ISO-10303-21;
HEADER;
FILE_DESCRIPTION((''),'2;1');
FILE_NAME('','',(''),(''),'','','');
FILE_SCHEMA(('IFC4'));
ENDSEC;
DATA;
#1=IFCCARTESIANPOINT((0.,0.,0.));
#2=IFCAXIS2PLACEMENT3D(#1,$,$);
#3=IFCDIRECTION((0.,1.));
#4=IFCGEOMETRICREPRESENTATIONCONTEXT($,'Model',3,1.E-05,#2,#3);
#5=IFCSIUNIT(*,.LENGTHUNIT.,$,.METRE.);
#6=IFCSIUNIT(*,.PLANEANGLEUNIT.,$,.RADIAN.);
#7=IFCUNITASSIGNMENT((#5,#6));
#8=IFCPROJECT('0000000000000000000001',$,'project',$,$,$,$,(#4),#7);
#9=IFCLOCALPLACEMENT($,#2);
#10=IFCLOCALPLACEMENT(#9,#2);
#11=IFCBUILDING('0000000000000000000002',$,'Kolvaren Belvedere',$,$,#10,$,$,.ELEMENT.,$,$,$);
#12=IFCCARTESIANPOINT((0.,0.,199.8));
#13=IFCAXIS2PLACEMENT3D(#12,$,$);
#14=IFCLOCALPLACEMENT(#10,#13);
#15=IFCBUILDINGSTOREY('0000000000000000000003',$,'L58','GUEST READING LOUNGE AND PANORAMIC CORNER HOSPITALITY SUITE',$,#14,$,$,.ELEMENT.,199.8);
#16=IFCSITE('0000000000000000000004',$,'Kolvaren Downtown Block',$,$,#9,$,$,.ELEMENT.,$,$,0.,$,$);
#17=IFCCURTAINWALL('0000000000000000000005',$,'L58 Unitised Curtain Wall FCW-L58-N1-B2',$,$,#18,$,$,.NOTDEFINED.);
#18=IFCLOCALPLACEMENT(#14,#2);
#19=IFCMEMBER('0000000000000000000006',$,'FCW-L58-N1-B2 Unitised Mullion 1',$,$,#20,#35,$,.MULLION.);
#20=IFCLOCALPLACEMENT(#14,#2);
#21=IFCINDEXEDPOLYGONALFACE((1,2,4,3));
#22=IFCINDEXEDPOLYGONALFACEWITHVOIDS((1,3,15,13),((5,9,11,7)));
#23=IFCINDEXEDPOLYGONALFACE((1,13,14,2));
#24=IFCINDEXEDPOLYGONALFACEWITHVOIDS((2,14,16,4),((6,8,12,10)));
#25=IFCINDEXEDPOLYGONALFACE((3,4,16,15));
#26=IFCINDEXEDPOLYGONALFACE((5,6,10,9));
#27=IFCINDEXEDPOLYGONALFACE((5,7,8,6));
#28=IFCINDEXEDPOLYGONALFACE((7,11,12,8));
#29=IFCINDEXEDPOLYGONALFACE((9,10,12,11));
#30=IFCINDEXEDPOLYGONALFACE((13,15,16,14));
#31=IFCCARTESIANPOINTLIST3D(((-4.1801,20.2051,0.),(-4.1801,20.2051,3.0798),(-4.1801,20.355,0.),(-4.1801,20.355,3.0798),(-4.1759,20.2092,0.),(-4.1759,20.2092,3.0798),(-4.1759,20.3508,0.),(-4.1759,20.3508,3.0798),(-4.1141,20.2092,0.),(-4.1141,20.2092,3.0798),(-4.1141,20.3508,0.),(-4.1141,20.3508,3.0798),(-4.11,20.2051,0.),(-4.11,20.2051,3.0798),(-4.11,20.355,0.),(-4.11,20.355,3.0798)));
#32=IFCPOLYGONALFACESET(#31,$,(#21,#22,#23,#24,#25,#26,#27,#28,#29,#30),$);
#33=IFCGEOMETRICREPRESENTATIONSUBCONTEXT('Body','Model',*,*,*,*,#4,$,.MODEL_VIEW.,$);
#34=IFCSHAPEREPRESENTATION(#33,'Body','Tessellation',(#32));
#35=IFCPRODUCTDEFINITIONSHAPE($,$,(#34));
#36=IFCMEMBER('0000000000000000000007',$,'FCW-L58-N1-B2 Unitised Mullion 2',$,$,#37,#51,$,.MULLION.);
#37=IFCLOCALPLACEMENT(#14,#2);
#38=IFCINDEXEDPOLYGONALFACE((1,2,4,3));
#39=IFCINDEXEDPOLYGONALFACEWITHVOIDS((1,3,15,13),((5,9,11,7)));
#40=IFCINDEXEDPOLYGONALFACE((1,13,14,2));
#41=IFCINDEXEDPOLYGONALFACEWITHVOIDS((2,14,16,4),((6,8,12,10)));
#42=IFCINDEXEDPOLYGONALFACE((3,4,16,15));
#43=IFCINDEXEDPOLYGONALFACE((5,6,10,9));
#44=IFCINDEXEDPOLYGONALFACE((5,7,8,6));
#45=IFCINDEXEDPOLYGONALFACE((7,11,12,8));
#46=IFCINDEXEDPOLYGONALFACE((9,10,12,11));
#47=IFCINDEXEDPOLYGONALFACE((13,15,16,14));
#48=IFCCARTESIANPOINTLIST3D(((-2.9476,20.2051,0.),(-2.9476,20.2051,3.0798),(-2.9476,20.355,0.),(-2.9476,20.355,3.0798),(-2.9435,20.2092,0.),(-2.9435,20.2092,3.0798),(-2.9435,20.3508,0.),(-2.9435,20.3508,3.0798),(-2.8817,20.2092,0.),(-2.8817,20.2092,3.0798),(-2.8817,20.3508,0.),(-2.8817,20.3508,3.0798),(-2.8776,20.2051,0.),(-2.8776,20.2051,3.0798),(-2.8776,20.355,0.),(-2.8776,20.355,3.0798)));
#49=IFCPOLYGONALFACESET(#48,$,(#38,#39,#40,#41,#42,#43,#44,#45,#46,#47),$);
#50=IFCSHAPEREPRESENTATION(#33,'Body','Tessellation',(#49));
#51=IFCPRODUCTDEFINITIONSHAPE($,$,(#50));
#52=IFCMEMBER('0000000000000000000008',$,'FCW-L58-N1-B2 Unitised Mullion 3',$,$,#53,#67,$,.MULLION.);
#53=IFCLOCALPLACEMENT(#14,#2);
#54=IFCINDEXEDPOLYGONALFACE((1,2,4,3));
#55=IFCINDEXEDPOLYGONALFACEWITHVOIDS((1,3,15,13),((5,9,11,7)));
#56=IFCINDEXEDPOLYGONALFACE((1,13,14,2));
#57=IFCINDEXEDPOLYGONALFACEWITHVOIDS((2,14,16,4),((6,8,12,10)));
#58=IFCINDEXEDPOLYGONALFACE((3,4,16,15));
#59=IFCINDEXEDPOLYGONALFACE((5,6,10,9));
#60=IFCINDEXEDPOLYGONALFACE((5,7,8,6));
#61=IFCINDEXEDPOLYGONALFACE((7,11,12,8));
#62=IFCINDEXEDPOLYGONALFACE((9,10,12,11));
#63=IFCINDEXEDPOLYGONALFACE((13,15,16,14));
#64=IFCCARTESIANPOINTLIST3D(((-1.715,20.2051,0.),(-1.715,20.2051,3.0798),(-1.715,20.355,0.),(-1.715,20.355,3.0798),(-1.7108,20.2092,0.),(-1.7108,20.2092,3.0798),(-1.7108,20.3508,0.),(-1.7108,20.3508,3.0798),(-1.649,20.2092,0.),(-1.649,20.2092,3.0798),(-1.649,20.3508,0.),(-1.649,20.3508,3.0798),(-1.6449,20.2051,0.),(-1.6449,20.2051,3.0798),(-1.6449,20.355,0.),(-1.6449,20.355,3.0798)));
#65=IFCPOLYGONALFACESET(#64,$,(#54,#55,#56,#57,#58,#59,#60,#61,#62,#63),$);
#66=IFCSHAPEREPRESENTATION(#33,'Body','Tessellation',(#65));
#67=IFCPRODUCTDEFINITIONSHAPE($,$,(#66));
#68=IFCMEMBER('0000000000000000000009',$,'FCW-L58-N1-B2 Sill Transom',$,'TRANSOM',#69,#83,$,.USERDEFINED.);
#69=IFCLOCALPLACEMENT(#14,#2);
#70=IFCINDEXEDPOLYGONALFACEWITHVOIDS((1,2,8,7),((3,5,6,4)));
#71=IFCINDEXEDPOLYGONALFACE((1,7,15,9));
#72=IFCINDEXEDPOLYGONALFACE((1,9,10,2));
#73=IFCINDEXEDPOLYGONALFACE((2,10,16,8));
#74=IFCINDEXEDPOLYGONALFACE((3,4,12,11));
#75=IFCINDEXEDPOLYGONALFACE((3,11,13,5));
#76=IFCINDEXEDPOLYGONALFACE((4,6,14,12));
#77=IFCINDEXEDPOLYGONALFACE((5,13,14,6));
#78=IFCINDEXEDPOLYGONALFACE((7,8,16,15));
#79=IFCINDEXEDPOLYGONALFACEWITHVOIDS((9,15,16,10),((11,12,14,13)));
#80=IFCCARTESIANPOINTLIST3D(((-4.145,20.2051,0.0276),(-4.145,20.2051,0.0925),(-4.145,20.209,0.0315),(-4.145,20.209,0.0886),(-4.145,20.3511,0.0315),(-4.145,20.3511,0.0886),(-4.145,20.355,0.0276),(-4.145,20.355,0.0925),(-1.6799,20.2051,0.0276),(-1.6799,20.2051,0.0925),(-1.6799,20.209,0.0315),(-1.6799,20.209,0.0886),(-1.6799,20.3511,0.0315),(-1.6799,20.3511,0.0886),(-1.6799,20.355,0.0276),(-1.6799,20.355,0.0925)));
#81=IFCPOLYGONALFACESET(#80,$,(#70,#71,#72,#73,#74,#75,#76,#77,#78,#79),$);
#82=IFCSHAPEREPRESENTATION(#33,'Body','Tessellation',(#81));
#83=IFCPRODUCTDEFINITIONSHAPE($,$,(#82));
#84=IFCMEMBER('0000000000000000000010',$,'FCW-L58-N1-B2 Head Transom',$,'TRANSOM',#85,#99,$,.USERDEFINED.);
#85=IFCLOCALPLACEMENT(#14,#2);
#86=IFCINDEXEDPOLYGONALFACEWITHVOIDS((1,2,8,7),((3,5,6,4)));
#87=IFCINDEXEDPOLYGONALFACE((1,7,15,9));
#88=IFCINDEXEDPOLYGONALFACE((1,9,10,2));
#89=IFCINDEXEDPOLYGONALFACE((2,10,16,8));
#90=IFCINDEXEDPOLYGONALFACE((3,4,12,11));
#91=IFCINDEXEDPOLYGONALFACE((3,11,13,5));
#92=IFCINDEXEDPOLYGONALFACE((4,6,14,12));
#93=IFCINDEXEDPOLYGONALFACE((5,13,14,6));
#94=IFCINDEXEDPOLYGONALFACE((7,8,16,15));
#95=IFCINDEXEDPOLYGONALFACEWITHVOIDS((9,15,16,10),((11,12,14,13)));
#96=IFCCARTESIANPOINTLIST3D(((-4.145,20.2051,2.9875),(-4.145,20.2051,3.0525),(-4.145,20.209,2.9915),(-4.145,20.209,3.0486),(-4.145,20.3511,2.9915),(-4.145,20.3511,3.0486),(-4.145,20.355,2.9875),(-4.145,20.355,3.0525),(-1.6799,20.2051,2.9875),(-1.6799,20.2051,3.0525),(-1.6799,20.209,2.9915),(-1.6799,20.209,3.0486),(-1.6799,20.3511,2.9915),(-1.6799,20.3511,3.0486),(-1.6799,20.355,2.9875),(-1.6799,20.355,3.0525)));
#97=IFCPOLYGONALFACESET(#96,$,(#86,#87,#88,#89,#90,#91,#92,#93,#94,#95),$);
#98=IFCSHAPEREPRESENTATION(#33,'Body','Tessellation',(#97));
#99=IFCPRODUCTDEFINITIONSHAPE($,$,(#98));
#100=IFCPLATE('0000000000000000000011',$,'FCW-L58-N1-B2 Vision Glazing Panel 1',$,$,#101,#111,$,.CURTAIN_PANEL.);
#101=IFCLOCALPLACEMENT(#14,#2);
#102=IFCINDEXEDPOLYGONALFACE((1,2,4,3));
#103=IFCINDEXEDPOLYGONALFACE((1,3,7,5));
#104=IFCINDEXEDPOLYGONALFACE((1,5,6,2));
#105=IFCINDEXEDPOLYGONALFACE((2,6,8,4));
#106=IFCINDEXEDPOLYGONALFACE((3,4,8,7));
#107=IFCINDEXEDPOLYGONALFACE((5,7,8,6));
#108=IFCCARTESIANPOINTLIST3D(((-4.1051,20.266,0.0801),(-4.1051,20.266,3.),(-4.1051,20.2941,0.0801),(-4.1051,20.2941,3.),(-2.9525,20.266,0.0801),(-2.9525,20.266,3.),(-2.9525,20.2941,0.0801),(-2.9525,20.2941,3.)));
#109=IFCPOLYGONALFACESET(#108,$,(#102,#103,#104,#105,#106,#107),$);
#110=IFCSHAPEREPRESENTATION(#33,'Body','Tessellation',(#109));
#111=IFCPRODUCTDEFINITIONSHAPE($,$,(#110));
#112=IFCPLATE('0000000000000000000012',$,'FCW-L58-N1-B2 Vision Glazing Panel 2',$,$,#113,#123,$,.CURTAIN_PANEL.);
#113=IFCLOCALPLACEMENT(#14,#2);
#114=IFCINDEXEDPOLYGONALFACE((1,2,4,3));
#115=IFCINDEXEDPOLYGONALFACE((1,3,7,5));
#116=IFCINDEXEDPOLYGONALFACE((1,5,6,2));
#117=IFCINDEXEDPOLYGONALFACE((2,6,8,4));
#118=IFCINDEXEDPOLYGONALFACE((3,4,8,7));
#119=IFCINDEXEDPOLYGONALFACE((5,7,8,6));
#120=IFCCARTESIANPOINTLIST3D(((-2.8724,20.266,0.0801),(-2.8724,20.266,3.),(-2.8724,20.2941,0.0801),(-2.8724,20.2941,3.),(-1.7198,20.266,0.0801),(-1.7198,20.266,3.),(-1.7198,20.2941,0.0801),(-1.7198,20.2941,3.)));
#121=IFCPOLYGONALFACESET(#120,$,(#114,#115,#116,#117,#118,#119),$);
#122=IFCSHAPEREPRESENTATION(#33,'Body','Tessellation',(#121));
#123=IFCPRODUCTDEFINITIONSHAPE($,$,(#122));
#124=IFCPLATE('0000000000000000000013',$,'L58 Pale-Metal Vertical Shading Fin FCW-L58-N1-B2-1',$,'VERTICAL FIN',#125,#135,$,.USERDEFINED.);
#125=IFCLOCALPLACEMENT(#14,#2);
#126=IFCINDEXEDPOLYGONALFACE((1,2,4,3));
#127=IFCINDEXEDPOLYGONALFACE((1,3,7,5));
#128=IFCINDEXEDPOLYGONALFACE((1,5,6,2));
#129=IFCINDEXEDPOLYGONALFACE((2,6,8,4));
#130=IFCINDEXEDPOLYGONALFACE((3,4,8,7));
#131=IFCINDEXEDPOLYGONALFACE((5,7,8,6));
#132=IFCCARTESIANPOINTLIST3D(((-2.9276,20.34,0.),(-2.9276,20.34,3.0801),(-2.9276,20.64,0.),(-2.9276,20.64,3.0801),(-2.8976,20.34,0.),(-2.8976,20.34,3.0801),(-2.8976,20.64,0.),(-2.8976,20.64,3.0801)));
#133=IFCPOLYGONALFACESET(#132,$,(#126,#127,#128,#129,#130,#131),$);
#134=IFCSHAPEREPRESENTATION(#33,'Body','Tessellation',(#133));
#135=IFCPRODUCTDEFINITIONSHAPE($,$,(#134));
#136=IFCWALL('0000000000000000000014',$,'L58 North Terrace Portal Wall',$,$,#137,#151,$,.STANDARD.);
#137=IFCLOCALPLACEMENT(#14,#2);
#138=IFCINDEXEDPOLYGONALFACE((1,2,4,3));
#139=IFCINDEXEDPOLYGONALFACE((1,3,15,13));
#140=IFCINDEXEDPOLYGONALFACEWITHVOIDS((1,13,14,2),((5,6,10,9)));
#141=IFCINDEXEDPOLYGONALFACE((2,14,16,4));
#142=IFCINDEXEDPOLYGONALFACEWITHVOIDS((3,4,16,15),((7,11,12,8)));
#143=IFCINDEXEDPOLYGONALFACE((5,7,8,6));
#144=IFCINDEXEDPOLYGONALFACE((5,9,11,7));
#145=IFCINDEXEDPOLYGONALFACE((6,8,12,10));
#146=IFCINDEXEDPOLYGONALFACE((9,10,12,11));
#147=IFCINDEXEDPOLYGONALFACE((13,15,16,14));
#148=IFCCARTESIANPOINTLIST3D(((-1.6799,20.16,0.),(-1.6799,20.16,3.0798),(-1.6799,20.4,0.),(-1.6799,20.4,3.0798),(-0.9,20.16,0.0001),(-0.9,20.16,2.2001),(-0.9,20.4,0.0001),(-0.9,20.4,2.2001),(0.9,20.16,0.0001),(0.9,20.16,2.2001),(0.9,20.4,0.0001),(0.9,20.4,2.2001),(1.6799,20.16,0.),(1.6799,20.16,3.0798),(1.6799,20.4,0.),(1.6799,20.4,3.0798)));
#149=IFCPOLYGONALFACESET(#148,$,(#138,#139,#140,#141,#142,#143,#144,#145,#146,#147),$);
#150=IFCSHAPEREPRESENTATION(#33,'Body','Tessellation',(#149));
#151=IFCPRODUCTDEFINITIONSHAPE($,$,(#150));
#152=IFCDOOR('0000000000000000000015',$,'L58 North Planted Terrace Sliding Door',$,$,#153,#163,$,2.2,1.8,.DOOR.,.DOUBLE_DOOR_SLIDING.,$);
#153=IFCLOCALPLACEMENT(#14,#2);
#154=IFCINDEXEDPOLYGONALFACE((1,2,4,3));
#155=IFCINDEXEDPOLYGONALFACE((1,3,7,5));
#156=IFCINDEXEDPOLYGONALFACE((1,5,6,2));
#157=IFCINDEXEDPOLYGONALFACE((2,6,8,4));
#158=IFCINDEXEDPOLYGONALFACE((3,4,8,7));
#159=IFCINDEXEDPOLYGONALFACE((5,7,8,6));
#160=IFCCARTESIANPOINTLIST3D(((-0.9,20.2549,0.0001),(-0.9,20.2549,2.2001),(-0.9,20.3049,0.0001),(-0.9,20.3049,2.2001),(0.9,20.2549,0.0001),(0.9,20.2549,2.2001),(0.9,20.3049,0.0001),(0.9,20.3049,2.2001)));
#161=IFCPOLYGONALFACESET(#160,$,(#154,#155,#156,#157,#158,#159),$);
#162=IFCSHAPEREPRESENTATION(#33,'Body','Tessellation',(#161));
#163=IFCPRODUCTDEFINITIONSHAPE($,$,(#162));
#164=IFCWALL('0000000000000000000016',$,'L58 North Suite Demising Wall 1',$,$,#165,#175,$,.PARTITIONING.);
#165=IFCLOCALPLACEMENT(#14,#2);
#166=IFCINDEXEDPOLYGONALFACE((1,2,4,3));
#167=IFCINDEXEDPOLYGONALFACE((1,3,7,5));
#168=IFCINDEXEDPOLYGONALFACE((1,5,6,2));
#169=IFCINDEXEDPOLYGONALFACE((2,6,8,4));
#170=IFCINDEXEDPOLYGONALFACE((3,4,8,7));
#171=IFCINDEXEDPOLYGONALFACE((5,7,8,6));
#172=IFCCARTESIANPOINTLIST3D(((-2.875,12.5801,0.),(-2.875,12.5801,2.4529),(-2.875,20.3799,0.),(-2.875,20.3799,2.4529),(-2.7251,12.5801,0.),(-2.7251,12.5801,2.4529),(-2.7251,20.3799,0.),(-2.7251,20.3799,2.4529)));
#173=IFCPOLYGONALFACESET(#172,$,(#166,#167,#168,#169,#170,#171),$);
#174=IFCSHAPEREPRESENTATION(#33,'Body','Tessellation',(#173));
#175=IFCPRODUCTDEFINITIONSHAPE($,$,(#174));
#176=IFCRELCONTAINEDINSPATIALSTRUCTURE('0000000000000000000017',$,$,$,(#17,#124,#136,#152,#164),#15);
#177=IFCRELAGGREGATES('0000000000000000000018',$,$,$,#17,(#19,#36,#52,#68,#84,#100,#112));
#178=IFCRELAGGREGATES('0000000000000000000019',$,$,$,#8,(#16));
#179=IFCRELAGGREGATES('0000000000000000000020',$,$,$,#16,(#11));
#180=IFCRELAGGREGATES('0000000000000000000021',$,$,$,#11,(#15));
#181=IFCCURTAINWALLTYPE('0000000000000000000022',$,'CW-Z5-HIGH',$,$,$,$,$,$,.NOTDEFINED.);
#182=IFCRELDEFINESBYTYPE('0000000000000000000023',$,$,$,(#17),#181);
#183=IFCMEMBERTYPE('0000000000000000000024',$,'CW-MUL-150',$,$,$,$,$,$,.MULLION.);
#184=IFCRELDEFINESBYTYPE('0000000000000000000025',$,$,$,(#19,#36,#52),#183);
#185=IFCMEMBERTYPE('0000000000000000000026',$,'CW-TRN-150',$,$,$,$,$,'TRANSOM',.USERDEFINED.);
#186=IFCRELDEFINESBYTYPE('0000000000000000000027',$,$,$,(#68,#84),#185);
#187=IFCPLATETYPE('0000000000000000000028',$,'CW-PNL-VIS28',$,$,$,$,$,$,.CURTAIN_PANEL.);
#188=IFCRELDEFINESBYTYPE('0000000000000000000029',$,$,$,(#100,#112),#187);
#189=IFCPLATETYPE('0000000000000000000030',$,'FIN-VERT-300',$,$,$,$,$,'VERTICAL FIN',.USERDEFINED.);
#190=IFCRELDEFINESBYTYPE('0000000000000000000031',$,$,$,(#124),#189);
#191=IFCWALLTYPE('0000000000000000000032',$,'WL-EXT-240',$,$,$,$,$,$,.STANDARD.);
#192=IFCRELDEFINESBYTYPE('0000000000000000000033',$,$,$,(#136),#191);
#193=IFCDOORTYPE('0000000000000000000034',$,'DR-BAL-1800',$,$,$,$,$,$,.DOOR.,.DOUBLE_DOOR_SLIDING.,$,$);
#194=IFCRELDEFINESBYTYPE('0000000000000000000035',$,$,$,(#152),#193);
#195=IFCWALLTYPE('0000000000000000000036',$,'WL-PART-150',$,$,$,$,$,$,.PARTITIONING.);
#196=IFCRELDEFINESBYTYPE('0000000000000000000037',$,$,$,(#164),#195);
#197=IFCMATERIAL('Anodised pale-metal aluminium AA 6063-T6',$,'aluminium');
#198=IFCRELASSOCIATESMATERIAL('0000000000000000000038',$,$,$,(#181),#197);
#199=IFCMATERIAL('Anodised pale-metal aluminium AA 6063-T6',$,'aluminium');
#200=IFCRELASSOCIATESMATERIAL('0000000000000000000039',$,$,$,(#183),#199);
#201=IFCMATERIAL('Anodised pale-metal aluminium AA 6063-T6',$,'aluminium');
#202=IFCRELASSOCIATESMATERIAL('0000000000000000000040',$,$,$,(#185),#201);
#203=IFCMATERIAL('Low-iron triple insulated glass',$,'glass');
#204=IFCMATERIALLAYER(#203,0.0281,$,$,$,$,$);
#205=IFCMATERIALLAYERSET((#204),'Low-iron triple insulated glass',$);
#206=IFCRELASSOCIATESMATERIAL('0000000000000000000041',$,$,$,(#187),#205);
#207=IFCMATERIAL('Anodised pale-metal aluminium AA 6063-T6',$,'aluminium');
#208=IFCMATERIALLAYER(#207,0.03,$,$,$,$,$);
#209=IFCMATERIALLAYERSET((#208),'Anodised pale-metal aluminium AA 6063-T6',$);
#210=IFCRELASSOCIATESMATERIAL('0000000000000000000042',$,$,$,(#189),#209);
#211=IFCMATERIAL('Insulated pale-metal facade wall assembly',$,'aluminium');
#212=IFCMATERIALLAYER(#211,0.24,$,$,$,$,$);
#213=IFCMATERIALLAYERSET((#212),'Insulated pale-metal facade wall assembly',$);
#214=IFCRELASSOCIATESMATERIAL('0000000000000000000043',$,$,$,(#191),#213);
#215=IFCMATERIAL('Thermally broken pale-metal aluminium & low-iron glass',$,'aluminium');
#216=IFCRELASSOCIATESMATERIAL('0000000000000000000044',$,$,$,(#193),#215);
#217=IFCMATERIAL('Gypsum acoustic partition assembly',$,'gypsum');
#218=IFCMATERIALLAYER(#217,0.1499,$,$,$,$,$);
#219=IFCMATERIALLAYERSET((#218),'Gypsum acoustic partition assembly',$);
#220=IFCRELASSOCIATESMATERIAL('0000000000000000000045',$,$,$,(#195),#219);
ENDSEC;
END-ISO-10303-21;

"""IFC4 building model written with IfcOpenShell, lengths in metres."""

from ifc_helpers import new_model, si_unit, direction, frame, frame_2d, origin, origin_2d, place, context, subcontext, project, spatial, rectangle, hollow_rectangle, extrude, material, layer, layer_set, material_profile, profile_set, type_object, element, fill, aggregate, save


model = new_model("IFC4")

# Units and contexts
model_context = context("Model", 3, precision=1e-05, world=origin(), true_north=direction((0.0, 1.0)))
body_context = subcontext(model_context, "Body", "Model", "MODEL_VIEW")
ifc_project = project(units=[si_unit("LENGTHUNIT", "METRE"), si_unit("PLANEANGLEUNIT", "RADIAN")], contexts=[model_context])

# Site, building, storey
site_placement = place(None, origin())
site = spatial("IfcSite", under=ifc_project, at=site_placement, Name="Kolvaren Downtown Block", CompositionType="ELEMENT", RefElevation=0.0)
building_placement = place(site_placement, origin())
building = spatial("IfcBuilding", under=site, at=building_placement, Name="Kolvaren Belvedere", CompositionType="ELEMENT")
storey_placement = place(building_placement, frame((0.0, 0.0, 199.8)))
storey = spatial("IfcBuildingStorey", under=building, at=storey_placement, Name="L58", Description="GUEST READING LOUNGE AND PANORAMIC CORNER HOSPITALITY SUITE", CompositionType="ELEMENT", Elevation=199.8)

# Shared definitions
ifc_material_1 = material(Name="Anodised pale-metal aluminium AA 6063-T6", Category="aluminium")
curtain_wall_type = type_object("IfcCurtainWallType", Name="CW-Z5-HIGH", PredefinedType="NOTDEFINED", material=ifc_material_1)
ifc_material_2 = material(Name="Anodised pale-metal aluminium AA 6063-T6", Category="aluminium")
ifc_material_profile_1 = material_profile(ifc_material_2, hollow_rectangle(XDim=0.0701, YDim=0.1499, WallThickness=0.0042, at=origin_2d()), Name="ALU-MUL-150X70")
ifc_profile_set_1 = profile_set([ifc_material_profile_1], Name="Anodised pale-metal aluminium AA 6063-T6")
member_type_1 = type_object("IfcMemberType", Name="CW-MUL-150", PredefinedType="MULLION", material=ifc_profile_set_1)

# Curtain wall, members, plates
curtain_wall_1_placement = place(storey_placement, origin())
curtain_wall_1 = element("IfcCurtainWall", 1, at=curtain_wall_1_placement, inside=storey, type_object=curtain_wall_type, Name="L58 Unitised Curtain Wall FCW-L58-N1-B2", PredefinedType="NOTDEFINED")
member_1_placement = place(storey_placement, frame((-4.145, 20.28, 0.0), z_axis=(0.0, 0.0, 1.0), x_axis=(1.0, 0.0, 0.0)))
member_1 = element("IfcMember", 2, at=member_1_placement, type_object=member_type_1, Name="FCW-L58-N1-B2 Unitised Mullion 1", PredefinedType="MULLION", context=body_context, shape_type="SweptSolid", body=[
    extrude(hollow_rectangle(XDim=0.0701, YDim=0.1499, WallThickness=0.0042, at=origin_2d()), origin(), (0.0, 0.0, 1.0), 3.0798),
])
member_2_placement = place(storey_placement, frame((-2.9126, 20.28, 0.0), z_axis=(0.0, 0.0, 1.0), x_axis=(1.0, 0.0, 0.0)))
member_2 = element("IfcMember", 3, at=member_2_placement, type_object=member_type_1, Name="FCW-L58-N1-B2 Unitised Mullion 2", PredefinedType="MULLION", context=body_context, shape_type="SweptSolid", body=[
    extrude(hollow_rectangle(XDim=0.0701, YDim=0.1499, WallThickness=0.0042, at=origin_2d()), origin(), (0.0, 0.0, 1.0), 3.0798),
])
member_3_placement = place(storey_placement, frame((-1.6799, 20.28, 0.0), z_axis=(0.0, 0.0, 1.0), x_axis=(1.0, 0.0, 0.0)))
member_3 = element("IfcMember", 4, at=member_3_placement, type_object=member_type_1, Name="FCW-L58-N1-B2 Unitised Mullion 3", PredefinedType="MULLION", context=body_context, shape_type="SweptSolid", body=[
    extrude(hollow_rectangle(XDim=0.0701, YDim=0.1499, WallThickness=0.0042, at=origin_2d()), origin(), (0.0, 0.0, 1.0), 3.0798),
])
ifc_material_3 = material(Name="Anodised pale-metal aluminium AA 6063-T6", Category="aluminium")
ifc_material_profile_2 = material_profile(ifc_material_3, hollow_rectangle(XDim=0.0649, YDim=0.1499, WallThickness=0.0039, at=origin_2d()), Name="ALU-TRN-150X65")
ifc_profile_set_2 = profile_set([ifc_material_profile_2], Name="Anodised pale-metal aluminium AA 6063-T6")
member_type_2 = type_object("IfcMemberType", Name="CW-TRN-150", ElementType="TRANSOM", PredefinedType="USERDEFINED", material=ifc_profile_set_2)
member_4_placement = place(storey_placement, frame((-4.145, 20.28, 0.0601), z_axis=(1.0, 0.0, 0.0), x_axis=(0.0, 0.0, 1.0)))
member_4 = element("IfcMember", 5, at=member_4_placement, type_object=member_type_2, Name="FCW-L58-N1-B2 Sill Transom", ObjectType="TRANSOM", PredefinedType="USERDEFINED", context=body_context, shape_type="SweptSolid", body=[
    extrude(hollow_rectangle(XDim=0.0649, YDim=0.1499, WallThickness=0.0039, at=origin_2d()), origin(), (0.0, 0.0, 1.0), 2.4651),
])
member_5_placement = place(storey_placement, frame((-4.145, 20.28, 3.02), z_axis=(1.0, 0.0, 0.0), x_axis=(0.0, 0.0, 1.0)))
member_5 = element("IfcMember", 6, at=member_5_placement, type_object=member_type_2, Name="FCW-L58-N1-B2 Head Transom", ObjectType="TRANSOM", PredefinedType="USERDEFINED", context=body_context, shape_type="SweptSolid", body=[
    extrude(hollow_rectangle(XDim=0.0649, YDim=0.1499, WallThickness=0.0039, at=origin_2d()), origin(), (0.0, 0.0, 1.0), 2.4651),
])
ifc_material_4 = material(Name="Low-iron triple insulated glass", Category="glass")
ifc_layer_1 = layer(ifc_material_4, 0.0281)
ifc_layer_set_1 = layer_set([ifc_layer_1], Name="Low-iron triple insulated glass")
plate_type_1 = type_object("IfcPlateType", Name="CW-PNL-VIS28", PredefinedType="CURTAIN_PANEL", material=ifc_layer_set_1)
plate_1_placement = place(storey_placement, frame((-3.5288, 20.28, 0.0801), z_axis=(0.0, 0.0, 1.0), x_axis=(1.0, 0.0, 0.0)))
plate_1 = element("IfcPlate", 7, at=plate_1_placement, type_object=plate_type_1, Name="FCW-L58-N1-B2 Vision Glazing Panel 1", PredefinedType="CURTAIN_PANEL", context=body_context, shape_type="SweptSolid", body=[
    extrude(rectangle(XDim=1.1526, YDim=0.0281, at=origin_2d()), origin(), (0.0, 0.0, 1.0), 2.9199),
])
plate_2_placement = place(storey_placement, frame((-2.2961, 20.28, 0.0801), z_axis=(0.0, 0.0, 1.0), x_axis=(1.0, 0.0, 0.0)))
plate_2 = element("IfcPlate", 8, at=plate_2_placement, type_object=plate_type_1, Name="FCW-L58-N1-B2 Vision Glazing Panel 2", PredefinedType="CURTAIN_PANEL", context=body_context, shape_type="SweptSolid", body=[
    extrude(rectangle(XDim=1.1526, YDim=0.0281, at=origin_2d()), origin(), (0.0, 0.0, 1.0), 2.9199),
])
aggregate(curtain_wall_1, [member_1, member_2, member_3, member_4, member_5, plate_1, plate_2])

# Plate
ifc_material_5 = material(Name="Anodised pale-metal aluminium AA 6063-T6", Category="aluminium")
ifc_layer_2 = layer(ifc_material_5, 0.03)
ifc_layer_set_2 = layer_set([ifc_layer_2], Name="Anodised pale-metal aluminium AA 6063-T6")
plate_type_2 = type_object("IfcPlateType", Name="FIN-VERT-300", ElementType="VERTICAL FIN", PredefinedType="USERDEFINED", material=ifc_layer_set_2)
plate_3_placement = place(storey_placement, frame((-2.9126, 20.49, 0.0), z_axis=(0.0, 0.0, 1.0), x_axis=(0.0, 1.0, 0.0)))
element("IfcPlate", 9, at=plate_3_placement, inside=storey, type_object=plate_type_2, Name="L58 Pale-Metal Vertical Shading Fin FCW-L58-N1-B2-1", ObjectType="VERTICAL FIN", PredefinedType="USERDEFINED", context=body_context, shape_type="SweptSolid", body=[
    extrude(rectangle(XDim=0.3, YDim=0.03, at=origin_2d()), origin(), (0.0, 0.0, 1.0), 3.0801),
])

# Wall, opening, door
ifc_material_6 = material(Name="Insulated pale-metal facade wall assembly", Category="aluminium")
ifc_layer_3 = layer(ifc_material_6, 0.24)
ifc_layer_set_3 = layer_set([ifc_layer_3], Name="Insulated pale-metal facade wall assembly")
wall_type_1 = type_object("IfcWallType", Name="WL-EXT-240", PredefinedType="STANDARD", material=ifc_layer_set_3)
wall_1_placement = place(storey_placement, frame((-1.6799, 20.28, 0.0), z_axis=(0.0, 0.0, 1.0), x_axis=(1.0, 0.0, 0.0)))
wall_1 = element("IfcWall", 10, at=wall_1_placement, inside=storey, type_object=wall_type_1, Name="L58 North Terrace Portal Wall", PredefinedType="STANDARD", context=body_context, shape_type="SweptSolid", body=[
    extrude(rectangle(XDim=3.3599, YDim=0.24, at=frame_2d((1.6799, 0.0))), origin(), (0.0, 0.0, 1.0), 3.0798),
])
opening_placement = place(wall_1_placement, frame((0.78, 0.0, 0.0)))
opening = element("IfcOpeningElement", 11, at=opening_placement, cuts=wall_1, PredefinedType="OPENING", context=body_context, shape_type="SweptSolid", body=[
    extrude(rectangle(XDim=1.8, YDim=2.2, at=frame_2d((0.8999, 1.1001))), frame((0.0, 0.1299, 0.0), z_axis=(0.0, -1.0, 0.0), x_axis=(1.0, 0.0, 0.0)), (0.0, 0.0, 1.0), 0.26),
])
ifc_material_7 = material(Name="Thermally broken pale-metal aluminium & low-iron glass", Category="aluminium")
door_type = type_object("IfcDoorType", Name="DR-BAL-1800", OperationType="DOUBLE_DOOR_SLIDING", PredefinedType="DOOR", material=ifc_material_7)
door_placement = place(opening_placement, origin())
door = element("IfcDoor", 12, at=door_placement, inside=storey, type_object=door_type, Name="L58 North Planted Terrace Sliding Door", OperationType="DOUBLE_DOOR_SLIDING", OverallHeight=2.2, OverallWidth=1.8, PredefinedType="DOOR", context=body_context, shape_type="SweptSolid", body=[
    extrude(rectangle(XDim=1.8, YDim=2.2, at=frame_2d((0.8999, 1.1001))), frame((0.0, 0.0249, 0.0), z_axis=(0.0, -1.0, 0.0), x_axis=(1.0, 0.0, 0.0)), (0.0, 0.0, 1.0), 0.05),
])
fill(opening, door)

# Wall
ifc_material_8 = material(Name="Gypsum acoustic partition assembly", Category="gypsum")
ifc_layer_4 = layer(ifc_material_8, 0.1499)
ifc_layer_set_4 = layer_set([ifc_layer_4], Name="Gypsum acoustic partition assembly")
wall_type_2 = type_object("IfcWallType", Name="WL-PART-150", PredefinedType="PARTITIONING", material=ifc_layer_set_4)
wall_2_placement = place(storey_placement, frame((-2.8, 12.5801, 0.0), z_axis=(0.0, 0.0, 1.0), x_axis=(0.0, 1.0, 0.0)))
element("IfcWall", 13, at=wall_2_placement, inside=storey, type_object=wall_type_2, Name="L58 North Suite Demising Wall 1", PredefinedType="PARTITIONING", context=body_context, shape_type="SweptSolid", body=[
    extrude(rectangle(XDim=7.7998, YDim=0.1499, at=frame_2d((3.8999, 0.0))), origin(), (0.0, 0.0, 1.0), 2.4529),
])

save(model, "model.ifc")
